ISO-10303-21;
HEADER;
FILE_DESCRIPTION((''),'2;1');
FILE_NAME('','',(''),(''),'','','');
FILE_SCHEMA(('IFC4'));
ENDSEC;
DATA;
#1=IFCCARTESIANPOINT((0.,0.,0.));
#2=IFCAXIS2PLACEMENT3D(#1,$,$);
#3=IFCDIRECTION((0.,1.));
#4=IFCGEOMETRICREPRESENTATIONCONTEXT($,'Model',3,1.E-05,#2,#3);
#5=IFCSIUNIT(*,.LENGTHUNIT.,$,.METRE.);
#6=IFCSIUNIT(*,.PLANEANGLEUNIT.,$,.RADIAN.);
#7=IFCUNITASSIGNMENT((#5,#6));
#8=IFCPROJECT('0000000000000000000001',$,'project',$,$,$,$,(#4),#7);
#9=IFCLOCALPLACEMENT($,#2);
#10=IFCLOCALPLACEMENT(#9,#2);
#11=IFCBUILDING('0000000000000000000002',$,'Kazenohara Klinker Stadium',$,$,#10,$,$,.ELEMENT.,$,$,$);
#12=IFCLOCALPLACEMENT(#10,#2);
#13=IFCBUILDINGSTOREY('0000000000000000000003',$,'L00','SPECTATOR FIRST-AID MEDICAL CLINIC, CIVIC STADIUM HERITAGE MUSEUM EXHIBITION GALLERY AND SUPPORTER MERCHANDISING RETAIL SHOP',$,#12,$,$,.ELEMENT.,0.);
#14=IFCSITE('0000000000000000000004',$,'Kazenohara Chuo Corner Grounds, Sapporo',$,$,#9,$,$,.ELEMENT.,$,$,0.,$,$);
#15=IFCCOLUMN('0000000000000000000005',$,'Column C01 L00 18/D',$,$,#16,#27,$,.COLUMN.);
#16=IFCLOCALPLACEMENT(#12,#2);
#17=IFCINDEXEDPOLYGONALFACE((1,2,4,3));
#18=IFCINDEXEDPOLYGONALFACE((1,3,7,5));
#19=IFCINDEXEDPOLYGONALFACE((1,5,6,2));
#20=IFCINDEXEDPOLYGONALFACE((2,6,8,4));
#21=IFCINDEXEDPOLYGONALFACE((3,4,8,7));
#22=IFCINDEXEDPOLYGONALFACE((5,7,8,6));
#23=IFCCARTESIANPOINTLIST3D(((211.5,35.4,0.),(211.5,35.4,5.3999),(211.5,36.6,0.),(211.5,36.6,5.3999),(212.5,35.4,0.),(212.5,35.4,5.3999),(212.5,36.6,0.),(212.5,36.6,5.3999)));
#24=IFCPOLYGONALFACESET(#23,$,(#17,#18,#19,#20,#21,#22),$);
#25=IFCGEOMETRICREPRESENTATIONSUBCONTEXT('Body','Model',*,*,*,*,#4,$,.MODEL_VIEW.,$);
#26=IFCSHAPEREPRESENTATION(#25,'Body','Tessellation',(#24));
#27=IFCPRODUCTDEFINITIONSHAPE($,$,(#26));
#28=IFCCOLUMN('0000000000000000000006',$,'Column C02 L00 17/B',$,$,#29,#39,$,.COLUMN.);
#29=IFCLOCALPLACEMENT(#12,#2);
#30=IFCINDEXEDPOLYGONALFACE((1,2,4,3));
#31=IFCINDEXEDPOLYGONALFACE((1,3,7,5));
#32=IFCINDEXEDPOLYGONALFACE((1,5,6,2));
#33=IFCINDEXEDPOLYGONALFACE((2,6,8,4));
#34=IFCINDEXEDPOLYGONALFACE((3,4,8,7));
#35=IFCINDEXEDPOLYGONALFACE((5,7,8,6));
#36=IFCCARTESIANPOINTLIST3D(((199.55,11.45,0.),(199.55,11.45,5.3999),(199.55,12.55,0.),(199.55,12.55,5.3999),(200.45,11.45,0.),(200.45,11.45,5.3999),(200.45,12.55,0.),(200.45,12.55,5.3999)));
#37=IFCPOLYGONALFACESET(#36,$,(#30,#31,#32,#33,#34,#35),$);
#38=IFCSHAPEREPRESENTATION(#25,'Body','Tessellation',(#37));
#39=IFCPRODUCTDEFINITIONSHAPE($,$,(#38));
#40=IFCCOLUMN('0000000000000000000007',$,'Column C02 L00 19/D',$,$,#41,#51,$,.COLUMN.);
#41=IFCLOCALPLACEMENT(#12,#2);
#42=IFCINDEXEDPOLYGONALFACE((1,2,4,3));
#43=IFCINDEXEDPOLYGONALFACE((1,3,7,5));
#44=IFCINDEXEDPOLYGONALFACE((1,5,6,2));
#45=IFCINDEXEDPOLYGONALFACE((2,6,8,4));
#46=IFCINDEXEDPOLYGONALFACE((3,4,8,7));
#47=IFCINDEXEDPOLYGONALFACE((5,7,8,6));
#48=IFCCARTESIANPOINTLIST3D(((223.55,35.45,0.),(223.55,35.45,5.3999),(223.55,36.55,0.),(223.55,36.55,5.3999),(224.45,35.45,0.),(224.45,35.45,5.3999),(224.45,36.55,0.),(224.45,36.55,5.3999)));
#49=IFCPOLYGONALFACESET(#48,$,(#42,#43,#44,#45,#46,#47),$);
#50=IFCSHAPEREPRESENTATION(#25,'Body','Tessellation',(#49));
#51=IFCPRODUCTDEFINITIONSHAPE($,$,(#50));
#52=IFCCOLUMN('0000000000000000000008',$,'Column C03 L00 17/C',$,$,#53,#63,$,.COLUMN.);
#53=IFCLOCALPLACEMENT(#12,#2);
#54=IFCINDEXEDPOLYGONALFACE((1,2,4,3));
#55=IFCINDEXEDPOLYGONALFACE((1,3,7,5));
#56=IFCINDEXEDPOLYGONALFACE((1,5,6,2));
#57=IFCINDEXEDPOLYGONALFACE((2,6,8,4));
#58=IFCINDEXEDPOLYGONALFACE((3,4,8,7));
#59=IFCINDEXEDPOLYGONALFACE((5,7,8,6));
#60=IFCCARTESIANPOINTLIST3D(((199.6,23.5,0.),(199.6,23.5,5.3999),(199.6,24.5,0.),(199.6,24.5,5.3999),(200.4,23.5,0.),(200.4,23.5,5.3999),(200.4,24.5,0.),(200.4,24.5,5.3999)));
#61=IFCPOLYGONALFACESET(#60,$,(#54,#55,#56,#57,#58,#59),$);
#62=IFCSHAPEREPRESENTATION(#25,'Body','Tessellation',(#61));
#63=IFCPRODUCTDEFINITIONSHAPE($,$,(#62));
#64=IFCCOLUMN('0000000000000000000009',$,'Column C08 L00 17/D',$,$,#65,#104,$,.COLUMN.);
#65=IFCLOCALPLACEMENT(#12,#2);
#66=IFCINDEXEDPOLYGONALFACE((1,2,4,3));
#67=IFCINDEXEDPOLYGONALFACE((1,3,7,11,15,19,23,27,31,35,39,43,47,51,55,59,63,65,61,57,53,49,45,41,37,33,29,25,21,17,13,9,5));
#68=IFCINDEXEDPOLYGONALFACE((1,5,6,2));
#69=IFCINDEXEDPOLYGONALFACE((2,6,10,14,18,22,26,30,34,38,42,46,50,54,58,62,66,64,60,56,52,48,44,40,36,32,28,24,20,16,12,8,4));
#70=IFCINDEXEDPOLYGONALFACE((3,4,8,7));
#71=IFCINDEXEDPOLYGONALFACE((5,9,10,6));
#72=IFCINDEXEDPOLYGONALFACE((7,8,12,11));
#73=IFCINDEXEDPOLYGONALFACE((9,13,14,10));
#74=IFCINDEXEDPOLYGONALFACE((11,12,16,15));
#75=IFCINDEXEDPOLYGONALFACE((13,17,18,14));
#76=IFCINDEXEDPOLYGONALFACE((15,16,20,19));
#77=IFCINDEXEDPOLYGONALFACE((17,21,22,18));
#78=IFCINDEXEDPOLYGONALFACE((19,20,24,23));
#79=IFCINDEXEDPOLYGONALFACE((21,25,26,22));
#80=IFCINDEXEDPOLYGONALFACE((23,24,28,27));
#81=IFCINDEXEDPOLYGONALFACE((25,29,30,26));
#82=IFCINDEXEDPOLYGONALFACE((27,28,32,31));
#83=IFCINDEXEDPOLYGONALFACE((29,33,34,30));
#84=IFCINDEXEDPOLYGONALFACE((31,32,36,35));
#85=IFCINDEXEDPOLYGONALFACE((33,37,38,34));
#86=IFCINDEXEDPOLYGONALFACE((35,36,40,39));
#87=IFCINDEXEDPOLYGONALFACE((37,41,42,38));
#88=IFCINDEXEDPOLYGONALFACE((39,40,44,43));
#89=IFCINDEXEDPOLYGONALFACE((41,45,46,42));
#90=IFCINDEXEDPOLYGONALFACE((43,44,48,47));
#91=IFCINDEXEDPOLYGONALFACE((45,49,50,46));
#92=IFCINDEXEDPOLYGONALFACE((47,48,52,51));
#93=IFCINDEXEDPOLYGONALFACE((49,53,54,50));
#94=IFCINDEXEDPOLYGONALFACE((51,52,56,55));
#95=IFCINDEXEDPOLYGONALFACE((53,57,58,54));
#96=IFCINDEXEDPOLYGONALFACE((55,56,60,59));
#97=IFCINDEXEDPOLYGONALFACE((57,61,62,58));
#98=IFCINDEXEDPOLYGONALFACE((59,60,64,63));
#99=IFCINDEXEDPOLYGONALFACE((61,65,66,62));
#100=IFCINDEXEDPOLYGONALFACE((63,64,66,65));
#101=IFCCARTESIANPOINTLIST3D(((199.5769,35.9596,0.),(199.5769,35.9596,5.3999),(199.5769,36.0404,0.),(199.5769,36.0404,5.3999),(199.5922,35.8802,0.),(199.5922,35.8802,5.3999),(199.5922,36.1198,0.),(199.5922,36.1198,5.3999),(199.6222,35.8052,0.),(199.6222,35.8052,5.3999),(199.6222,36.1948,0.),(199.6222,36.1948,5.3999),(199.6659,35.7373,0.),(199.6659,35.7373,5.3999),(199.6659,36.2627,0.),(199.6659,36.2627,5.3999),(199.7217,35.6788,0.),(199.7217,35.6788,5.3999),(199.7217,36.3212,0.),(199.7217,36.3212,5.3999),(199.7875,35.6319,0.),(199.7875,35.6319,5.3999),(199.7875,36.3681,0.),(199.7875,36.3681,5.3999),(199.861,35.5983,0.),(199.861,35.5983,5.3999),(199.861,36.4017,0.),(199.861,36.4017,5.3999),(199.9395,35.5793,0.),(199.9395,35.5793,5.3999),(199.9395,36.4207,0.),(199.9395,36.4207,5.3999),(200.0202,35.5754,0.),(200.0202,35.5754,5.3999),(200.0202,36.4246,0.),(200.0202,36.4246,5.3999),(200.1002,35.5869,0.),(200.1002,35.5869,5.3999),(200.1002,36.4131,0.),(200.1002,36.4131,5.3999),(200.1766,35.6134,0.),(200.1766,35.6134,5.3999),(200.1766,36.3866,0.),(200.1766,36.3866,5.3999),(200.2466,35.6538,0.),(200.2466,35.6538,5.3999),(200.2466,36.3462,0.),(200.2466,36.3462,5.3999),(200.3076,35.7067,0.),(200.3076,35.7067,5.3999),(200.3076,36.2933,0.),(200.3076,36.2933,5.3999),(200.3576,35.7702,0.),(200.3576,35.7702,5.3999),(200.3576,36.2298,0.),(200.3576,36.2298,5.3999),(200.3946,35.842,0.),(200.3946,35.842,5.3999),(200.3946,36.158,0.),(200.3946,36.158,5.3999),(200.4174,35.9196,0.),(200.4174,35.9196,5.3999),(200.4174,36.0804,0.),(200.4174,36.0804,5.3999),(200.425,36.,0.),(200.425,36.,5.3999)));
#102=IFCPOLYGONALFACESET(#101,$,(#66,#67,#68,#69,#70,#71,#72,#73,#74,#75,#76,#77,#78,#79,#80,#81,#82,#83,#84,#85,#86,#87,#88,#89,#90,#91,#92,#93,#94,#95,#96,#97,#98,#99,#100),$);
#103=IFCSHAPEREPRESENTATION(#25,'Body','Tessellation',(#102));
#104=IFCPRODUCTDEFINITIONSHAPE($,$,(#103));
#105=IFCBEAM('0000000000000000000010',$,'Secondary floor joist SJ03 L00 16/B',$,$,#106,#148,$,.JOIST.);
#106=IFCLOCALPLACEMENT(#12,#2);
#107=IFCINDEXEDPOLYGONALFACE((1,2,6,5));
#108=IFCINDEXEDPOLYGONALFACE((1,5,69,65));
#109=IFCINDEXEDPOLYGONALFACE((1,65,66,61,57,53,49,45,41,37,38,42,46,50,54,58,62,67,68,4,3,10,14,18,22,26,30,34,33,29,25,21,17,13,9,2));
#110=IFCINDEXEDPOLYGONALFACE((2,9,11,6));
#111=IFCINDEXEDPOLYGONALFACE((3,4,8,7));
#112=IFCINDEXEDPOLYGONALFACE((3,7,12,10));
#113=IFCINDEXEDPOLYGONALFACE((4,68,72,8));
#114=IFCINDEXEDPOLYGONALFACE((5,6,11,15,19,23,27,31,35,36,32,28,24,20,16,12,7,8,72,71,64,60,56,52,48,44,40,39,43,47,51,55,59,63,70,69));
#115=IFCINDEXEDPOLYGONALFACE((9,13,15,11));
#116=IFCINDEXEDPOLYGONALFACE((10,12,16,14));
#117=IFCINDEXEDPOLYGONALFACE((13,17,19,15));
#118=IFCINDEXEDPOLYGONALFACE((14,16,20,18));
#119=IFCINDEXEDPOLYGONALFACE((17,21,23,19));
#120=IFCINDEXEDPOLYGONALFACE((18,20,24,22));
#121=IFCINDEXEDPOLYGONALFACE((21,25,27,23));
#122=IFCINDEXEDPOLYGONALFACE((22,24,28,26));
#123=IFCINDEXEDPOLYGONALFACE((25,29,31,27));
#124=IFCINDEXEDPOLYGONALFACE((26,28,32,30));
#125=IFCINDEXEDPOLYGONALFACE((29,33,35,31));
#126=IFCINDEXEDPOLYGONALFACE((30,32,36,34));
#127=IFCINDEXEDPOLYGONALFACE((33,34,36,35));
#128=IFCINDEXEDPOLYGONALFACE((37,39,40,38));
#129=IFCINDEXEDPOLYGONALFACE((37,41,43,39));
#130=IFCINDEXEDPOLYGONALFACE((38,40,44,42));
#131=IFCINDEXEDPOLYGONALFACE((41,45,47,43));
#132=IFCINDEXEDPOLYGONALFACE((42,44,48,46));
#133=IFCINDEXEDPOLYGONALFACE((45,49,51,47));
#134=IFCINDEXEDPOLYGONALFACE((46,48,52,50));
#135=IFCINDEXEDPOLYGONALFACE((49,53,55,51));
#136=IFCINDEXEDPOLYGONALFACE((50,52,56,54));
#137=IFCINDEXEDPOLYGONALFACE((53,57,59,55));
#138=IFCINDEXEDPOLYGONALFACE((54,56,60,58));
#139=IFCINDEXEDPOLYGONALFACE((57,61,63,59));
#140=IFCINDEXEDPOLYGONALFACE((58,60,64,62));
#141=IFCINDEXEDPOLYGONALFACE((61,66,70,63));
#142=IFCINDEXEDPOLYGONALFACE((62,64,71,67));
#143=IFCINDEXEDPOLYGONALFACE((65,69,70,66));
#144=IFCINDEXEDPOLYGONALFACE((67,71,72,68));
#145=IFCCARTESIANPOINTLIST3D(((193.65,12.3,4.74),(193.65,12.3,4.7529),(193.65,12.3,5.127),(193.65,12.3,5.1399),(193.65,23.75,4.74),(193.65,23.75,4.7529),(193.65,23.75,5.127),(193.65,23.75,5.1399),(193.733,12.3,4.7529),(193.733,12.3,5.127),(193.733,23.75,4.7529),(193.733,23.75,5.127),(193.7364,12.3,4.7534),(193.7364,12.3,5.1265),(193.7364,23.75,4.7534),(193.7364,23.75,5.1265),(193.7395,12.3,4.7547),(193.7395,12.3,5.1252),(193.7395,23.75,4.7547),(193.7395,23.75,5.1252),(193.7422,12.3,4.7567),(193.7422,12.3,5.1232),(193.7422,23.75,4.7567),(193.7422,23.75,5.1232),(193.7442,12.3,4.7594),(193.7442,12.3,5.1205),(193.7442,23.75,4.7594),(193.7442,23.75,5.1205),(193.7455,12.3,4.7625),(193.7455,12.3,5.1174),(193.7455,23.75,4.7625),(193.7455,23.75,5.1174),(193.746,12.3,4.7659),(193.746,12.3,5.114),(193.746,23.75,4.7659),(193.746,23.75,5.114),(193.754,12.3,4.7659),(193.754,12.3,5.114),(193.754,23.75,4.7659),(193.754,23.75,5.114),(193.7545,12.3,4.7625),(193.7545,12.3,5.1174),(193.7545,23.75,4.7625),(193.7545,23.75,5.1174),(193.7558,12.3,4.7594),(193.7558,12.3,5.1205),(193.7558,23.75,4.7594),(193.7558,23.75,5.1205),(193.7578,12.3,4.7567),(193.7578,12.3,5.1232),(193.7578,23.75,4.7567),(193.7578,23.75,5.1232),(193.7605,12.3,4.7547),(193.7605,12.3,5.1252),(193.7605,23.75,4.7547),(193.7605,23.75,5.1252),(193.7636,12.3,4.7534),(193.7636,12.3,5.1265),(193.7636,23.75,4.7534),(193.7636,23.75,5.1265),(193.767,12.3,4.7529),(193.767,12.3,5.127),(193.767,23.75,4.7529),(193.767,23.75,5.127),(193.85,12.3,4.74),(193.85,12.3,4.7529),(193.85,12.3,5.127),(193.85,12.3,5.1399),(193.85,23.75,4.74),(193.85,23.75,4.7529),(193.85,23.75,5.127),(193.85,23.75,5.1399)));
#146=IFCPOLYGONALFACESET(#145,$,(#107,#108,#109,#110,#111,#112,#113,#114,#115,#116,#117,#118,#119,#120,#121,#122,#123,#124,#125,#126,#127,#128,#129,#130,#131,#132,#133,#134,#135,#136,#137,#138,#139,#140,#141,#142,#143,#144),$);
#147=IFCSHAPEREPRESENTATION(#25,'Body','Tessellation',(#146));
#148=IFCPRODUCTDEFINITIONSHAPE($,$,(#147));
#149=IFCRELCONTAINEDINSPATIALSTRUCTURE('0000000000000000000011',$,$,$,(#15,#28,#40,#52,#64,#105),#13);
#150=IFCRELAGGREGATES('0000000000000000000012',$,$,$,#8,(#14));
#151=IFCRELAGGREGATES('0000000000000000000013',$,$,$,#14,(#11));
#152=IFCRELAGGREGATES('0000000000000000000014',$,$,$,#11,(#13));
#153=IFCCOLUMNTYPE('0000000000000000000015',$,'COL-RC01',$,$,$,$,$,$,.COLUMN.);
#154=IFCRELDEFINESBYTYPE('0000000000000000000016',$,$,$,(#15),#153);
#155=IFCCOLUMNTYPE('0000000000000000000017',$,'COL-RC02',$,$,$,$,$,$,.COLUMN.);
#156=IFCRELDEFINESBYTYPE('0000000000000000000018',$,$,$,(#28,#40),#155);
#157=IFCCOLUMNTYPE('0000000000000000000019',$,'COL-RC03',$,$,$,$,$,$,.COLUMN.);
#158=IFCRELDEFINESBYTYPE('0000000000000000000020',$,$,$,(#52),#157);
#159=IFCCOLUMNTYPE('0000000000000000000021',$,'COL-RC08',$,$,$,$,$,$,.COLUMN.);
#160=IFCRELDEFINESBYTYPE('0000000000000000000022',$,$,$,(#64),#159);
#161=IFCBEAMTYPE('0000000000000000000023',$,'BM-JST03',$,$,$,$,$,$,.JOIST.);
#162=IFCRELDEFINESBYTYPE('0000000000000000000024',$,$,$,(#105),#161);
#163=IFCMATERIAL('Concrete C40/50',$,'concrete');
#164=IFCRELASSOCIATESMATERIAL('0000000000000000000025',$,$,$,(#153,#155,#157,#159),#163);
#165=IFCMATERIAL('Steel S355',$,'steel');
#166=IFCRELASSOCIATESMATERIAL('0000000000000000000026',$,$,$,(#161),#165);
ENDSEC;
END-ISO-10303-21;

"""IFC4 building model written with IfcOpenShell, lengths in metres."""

from ifc_helpers import new_model, si_unit, direction, frame, origin, origin_2d, place, context, subcontext, project, spatial, rectangle, circle, i_section, extrude, material, material_profile, profile_set, type_object, element, save


model = new_model("IFC4")

# Units and contexts
model_context = context("Model", 3, precision=1e-05, world=origin(), true_north=direction((0.0, 1.0)))
body_context = subcontext(model_context, "Body", "Model", "MODEL_VIEW")
ifc_project = project(units=[si_unit("LENGTHUNIT", "METRE"), si_unit("PLANEANGLEUNIT", "RADIAN")], contexts=[model_context])

# Site, building, storey
site_placement = place(None, origin())
site = spatial("IfcSite", under=ifc_project, at=site_placement, Name="Kazenohara Chuo Corner Grounds, Sapporo", CompositionType="ELEMENT", RefElevation=0.0)
building_placement = place(site_placement, origin())
building = spatial("IfcBuilding", under=site, at=building_placement, Name="Kazenohara Klinker Stadium", CompositionType="ELEMENT")
storey_placement = place(building_placement, origin())
storey = spatial("IfcBuildingStorey", under=building, at=storey_placement, Name="L00", Description="SPECTATOR FIRST-AID MEDICAL CLINIC, CIVIC STADIUM HERITAGE MUSEUM EXHIBITION GALLERY AND SUPPORTER MERCHANDISING RETAIL SHOP", CompositionType="ELEMENT", Elevation=0.0)

# Columns
ifc_material_1 = material(Name="Concrete C40/50", Category="concrete")
ifc_material_profile_1 = material_profile(ifc_material_1, rectangle(XDim=1.0, YDim=1.2, at=origin_2d()), Name="RC-COL-1200x1000")
ifc_profile_set_1 = profile_set([ifc_material_profile_1], Name="Concrete C40/50")
column_type_1 = type_object("IfcColumnType", Name="COL-RC01", PredefinedType="COLUMN", material=ifc_profile_set_1)
column_1_placement = place(storey_placement, frame((212.0, 36.0, 0.0), z_axis=(0.0, 0.0, 1.0), x_axis=(1.0, 0.0, 0.0)))
element("IfcColumn", 1, at=column_1_placement, inside=storey, type_object=column_type_1, Name="Column C01 L00 18/D", PredefinedType="COLUMN", context=body_context, shape_type="SweptSolid", body=[
    extrude(rectangle(XDim=1.0, YDim=1.2, at=origin_2d()), origin(), (0.0, 0.0, 1.0), 5.3999),
])
ifc_material_profile_2 = material_profile(ifc_material_1, rectangle(XDim=0.8999, YDim=1.1001, at=origin_2d()), Name="RC-COL-1100x900")
ifc_profile_set_2 = profile_set([ifc_material_profile_2], Name="Concrete C40/50")
column_type_2 = type_object("IfcColumnType", Name="COL-RC02", PredefinedType="COLUMN", material=ifc_profile_set_2)
for number, where, z_axis, x_axis, name in (
    (2, (200.0, 12.0, 0.0), (0.0, 0.0, 1.0), (1.0, 0.0, 0.0), "Column C02 L00 17/B"),
    (3, (224.0, 36.0, 0.0), (0.0, 0.0, 1.0), (1.0, 0.0, 0.0), "Column C02 L00 19/D"),
):
    element("IfcColumn", number, at=place(storey_placement, frame(where, z_axis=z_axis, x_axis=x_axis)), inside=storey, type_object=column_type_2, Name=name, PredefinedType="COLUMN", context=body_context, shape_type="SweptSolid", body=[
        extrude(rectangle(XDim=0.8999, YDim=1.1001, at=origin_2d()), origin(), (0.0, 0.0, 1.0), 5.3999),
    ])
ifc_material_profile_3 = material_profile(ifc_material_1, rectangle(XDim=0.8, YDim=1.0, at=origin_2d()), Name="RC-COL-1000x800")
ifc_profile_set_3 = profile_set([ifc_material_profile_3], Name="Concrete C40/50")
column_type_3 = type_object("IfcColumnType", Name="COL-RC03", PredefinedType="COLUMN", material=ifc_profile_set_3)
column_2_placement = place(storey_placement, frame((200.0, 24.0, 0.0), z_axis=(0.0, 0.0, 1.0), x_axis=(1.0, 0.0, 0.0)))
element("IfcColumn", 4, at=column_2_placement, inside=storey, type_object=column_type_3, Name="Column C03 L00 17/C", PredefinedType="COLUMN", context=body_context, shape_type="SweptSolid", body=[
    extrude(rectangle(XDim=0.8, YDim=1.0, at=origin_2d()), origin(), (0.0, 0.0, 1.0), 5.3999),
])
ifc_material_profile_4 = material_profile(ifc_material_1, circle(Radius=0.425, at=origin_2d()), Name="RC-COL-D850")
ifc_profile_set_4 = profile_set([ifc_material_profile_4], Name="Concrete C40/50")
column_type_4 = type_object("IfcColumnType", Name="COL-RC08", PredefinedType="COLUMN", material=ifc_profile_set_4)
column_3_placement = place(storey_placement, frame((200.0, 36.0, 0.0), z_axis=(0.0, 0.0, 1.0), x_axis=(1.0, 0.0, 0.0)))
element("IfcColumn", 5, at=column_3_placement, inside=storey, type_object=column_type_4, Name="Column C08 L00 17/D", PredefinedType="COLUMN", context=body_context, shape_type="SweptSolid", body=[
    extrude(circle(Radius=0.425, at=origin_2d()), origin(), (0.0, 0.0, 1.0), 5.3999),
])

# Beam
ifc_material_2 = material(Name="Steel S355", Category="steel")
ifc_material_profile_5 = material_profile(ifc_material_2, i_section(OverallWidth=0.2, OverallDepth=0.3999, WebThickness=0.0081, FlangeThickness=0.0129, FilletRadius=0.0129, at=origin_2d()), Name="H-400x200x8x13")
ifc_profile_set_5 = profile_set([ifc_material_profile_5], Name="Steel S355")
beam_type_1 = type_object("IfcBeamType", Name="BM-JST03", PredefinedType="JOIST", material=ifc_profile_set_5)
beam_1_placement = place(storey_placement, frame((193.75, 12.3, 4.9399), z_axis=(0.0, 1.0, 0.0), x_axis=(-1.0, 0.0, 0.0)))
element("IfcBeam", 6, at=beam_1_placement, inside=storey, type_object=beam_type_1, Name="Secondary floor joist SJ03 L00 16/B", PredefinedType="JOIST", context=body_context, shape_type="SweptSolid", body=[
    extrude(i_section(OverallWidth=0.2, OverallDepth=0.3999, WebThickness=0.0081, FlangeThickness=0.0129, FilletRadius=0.0129, at=origin_2d()), origin(), (0.0, 0.0, 1.0), 11.45),
])

save(model, "model.ifc")
